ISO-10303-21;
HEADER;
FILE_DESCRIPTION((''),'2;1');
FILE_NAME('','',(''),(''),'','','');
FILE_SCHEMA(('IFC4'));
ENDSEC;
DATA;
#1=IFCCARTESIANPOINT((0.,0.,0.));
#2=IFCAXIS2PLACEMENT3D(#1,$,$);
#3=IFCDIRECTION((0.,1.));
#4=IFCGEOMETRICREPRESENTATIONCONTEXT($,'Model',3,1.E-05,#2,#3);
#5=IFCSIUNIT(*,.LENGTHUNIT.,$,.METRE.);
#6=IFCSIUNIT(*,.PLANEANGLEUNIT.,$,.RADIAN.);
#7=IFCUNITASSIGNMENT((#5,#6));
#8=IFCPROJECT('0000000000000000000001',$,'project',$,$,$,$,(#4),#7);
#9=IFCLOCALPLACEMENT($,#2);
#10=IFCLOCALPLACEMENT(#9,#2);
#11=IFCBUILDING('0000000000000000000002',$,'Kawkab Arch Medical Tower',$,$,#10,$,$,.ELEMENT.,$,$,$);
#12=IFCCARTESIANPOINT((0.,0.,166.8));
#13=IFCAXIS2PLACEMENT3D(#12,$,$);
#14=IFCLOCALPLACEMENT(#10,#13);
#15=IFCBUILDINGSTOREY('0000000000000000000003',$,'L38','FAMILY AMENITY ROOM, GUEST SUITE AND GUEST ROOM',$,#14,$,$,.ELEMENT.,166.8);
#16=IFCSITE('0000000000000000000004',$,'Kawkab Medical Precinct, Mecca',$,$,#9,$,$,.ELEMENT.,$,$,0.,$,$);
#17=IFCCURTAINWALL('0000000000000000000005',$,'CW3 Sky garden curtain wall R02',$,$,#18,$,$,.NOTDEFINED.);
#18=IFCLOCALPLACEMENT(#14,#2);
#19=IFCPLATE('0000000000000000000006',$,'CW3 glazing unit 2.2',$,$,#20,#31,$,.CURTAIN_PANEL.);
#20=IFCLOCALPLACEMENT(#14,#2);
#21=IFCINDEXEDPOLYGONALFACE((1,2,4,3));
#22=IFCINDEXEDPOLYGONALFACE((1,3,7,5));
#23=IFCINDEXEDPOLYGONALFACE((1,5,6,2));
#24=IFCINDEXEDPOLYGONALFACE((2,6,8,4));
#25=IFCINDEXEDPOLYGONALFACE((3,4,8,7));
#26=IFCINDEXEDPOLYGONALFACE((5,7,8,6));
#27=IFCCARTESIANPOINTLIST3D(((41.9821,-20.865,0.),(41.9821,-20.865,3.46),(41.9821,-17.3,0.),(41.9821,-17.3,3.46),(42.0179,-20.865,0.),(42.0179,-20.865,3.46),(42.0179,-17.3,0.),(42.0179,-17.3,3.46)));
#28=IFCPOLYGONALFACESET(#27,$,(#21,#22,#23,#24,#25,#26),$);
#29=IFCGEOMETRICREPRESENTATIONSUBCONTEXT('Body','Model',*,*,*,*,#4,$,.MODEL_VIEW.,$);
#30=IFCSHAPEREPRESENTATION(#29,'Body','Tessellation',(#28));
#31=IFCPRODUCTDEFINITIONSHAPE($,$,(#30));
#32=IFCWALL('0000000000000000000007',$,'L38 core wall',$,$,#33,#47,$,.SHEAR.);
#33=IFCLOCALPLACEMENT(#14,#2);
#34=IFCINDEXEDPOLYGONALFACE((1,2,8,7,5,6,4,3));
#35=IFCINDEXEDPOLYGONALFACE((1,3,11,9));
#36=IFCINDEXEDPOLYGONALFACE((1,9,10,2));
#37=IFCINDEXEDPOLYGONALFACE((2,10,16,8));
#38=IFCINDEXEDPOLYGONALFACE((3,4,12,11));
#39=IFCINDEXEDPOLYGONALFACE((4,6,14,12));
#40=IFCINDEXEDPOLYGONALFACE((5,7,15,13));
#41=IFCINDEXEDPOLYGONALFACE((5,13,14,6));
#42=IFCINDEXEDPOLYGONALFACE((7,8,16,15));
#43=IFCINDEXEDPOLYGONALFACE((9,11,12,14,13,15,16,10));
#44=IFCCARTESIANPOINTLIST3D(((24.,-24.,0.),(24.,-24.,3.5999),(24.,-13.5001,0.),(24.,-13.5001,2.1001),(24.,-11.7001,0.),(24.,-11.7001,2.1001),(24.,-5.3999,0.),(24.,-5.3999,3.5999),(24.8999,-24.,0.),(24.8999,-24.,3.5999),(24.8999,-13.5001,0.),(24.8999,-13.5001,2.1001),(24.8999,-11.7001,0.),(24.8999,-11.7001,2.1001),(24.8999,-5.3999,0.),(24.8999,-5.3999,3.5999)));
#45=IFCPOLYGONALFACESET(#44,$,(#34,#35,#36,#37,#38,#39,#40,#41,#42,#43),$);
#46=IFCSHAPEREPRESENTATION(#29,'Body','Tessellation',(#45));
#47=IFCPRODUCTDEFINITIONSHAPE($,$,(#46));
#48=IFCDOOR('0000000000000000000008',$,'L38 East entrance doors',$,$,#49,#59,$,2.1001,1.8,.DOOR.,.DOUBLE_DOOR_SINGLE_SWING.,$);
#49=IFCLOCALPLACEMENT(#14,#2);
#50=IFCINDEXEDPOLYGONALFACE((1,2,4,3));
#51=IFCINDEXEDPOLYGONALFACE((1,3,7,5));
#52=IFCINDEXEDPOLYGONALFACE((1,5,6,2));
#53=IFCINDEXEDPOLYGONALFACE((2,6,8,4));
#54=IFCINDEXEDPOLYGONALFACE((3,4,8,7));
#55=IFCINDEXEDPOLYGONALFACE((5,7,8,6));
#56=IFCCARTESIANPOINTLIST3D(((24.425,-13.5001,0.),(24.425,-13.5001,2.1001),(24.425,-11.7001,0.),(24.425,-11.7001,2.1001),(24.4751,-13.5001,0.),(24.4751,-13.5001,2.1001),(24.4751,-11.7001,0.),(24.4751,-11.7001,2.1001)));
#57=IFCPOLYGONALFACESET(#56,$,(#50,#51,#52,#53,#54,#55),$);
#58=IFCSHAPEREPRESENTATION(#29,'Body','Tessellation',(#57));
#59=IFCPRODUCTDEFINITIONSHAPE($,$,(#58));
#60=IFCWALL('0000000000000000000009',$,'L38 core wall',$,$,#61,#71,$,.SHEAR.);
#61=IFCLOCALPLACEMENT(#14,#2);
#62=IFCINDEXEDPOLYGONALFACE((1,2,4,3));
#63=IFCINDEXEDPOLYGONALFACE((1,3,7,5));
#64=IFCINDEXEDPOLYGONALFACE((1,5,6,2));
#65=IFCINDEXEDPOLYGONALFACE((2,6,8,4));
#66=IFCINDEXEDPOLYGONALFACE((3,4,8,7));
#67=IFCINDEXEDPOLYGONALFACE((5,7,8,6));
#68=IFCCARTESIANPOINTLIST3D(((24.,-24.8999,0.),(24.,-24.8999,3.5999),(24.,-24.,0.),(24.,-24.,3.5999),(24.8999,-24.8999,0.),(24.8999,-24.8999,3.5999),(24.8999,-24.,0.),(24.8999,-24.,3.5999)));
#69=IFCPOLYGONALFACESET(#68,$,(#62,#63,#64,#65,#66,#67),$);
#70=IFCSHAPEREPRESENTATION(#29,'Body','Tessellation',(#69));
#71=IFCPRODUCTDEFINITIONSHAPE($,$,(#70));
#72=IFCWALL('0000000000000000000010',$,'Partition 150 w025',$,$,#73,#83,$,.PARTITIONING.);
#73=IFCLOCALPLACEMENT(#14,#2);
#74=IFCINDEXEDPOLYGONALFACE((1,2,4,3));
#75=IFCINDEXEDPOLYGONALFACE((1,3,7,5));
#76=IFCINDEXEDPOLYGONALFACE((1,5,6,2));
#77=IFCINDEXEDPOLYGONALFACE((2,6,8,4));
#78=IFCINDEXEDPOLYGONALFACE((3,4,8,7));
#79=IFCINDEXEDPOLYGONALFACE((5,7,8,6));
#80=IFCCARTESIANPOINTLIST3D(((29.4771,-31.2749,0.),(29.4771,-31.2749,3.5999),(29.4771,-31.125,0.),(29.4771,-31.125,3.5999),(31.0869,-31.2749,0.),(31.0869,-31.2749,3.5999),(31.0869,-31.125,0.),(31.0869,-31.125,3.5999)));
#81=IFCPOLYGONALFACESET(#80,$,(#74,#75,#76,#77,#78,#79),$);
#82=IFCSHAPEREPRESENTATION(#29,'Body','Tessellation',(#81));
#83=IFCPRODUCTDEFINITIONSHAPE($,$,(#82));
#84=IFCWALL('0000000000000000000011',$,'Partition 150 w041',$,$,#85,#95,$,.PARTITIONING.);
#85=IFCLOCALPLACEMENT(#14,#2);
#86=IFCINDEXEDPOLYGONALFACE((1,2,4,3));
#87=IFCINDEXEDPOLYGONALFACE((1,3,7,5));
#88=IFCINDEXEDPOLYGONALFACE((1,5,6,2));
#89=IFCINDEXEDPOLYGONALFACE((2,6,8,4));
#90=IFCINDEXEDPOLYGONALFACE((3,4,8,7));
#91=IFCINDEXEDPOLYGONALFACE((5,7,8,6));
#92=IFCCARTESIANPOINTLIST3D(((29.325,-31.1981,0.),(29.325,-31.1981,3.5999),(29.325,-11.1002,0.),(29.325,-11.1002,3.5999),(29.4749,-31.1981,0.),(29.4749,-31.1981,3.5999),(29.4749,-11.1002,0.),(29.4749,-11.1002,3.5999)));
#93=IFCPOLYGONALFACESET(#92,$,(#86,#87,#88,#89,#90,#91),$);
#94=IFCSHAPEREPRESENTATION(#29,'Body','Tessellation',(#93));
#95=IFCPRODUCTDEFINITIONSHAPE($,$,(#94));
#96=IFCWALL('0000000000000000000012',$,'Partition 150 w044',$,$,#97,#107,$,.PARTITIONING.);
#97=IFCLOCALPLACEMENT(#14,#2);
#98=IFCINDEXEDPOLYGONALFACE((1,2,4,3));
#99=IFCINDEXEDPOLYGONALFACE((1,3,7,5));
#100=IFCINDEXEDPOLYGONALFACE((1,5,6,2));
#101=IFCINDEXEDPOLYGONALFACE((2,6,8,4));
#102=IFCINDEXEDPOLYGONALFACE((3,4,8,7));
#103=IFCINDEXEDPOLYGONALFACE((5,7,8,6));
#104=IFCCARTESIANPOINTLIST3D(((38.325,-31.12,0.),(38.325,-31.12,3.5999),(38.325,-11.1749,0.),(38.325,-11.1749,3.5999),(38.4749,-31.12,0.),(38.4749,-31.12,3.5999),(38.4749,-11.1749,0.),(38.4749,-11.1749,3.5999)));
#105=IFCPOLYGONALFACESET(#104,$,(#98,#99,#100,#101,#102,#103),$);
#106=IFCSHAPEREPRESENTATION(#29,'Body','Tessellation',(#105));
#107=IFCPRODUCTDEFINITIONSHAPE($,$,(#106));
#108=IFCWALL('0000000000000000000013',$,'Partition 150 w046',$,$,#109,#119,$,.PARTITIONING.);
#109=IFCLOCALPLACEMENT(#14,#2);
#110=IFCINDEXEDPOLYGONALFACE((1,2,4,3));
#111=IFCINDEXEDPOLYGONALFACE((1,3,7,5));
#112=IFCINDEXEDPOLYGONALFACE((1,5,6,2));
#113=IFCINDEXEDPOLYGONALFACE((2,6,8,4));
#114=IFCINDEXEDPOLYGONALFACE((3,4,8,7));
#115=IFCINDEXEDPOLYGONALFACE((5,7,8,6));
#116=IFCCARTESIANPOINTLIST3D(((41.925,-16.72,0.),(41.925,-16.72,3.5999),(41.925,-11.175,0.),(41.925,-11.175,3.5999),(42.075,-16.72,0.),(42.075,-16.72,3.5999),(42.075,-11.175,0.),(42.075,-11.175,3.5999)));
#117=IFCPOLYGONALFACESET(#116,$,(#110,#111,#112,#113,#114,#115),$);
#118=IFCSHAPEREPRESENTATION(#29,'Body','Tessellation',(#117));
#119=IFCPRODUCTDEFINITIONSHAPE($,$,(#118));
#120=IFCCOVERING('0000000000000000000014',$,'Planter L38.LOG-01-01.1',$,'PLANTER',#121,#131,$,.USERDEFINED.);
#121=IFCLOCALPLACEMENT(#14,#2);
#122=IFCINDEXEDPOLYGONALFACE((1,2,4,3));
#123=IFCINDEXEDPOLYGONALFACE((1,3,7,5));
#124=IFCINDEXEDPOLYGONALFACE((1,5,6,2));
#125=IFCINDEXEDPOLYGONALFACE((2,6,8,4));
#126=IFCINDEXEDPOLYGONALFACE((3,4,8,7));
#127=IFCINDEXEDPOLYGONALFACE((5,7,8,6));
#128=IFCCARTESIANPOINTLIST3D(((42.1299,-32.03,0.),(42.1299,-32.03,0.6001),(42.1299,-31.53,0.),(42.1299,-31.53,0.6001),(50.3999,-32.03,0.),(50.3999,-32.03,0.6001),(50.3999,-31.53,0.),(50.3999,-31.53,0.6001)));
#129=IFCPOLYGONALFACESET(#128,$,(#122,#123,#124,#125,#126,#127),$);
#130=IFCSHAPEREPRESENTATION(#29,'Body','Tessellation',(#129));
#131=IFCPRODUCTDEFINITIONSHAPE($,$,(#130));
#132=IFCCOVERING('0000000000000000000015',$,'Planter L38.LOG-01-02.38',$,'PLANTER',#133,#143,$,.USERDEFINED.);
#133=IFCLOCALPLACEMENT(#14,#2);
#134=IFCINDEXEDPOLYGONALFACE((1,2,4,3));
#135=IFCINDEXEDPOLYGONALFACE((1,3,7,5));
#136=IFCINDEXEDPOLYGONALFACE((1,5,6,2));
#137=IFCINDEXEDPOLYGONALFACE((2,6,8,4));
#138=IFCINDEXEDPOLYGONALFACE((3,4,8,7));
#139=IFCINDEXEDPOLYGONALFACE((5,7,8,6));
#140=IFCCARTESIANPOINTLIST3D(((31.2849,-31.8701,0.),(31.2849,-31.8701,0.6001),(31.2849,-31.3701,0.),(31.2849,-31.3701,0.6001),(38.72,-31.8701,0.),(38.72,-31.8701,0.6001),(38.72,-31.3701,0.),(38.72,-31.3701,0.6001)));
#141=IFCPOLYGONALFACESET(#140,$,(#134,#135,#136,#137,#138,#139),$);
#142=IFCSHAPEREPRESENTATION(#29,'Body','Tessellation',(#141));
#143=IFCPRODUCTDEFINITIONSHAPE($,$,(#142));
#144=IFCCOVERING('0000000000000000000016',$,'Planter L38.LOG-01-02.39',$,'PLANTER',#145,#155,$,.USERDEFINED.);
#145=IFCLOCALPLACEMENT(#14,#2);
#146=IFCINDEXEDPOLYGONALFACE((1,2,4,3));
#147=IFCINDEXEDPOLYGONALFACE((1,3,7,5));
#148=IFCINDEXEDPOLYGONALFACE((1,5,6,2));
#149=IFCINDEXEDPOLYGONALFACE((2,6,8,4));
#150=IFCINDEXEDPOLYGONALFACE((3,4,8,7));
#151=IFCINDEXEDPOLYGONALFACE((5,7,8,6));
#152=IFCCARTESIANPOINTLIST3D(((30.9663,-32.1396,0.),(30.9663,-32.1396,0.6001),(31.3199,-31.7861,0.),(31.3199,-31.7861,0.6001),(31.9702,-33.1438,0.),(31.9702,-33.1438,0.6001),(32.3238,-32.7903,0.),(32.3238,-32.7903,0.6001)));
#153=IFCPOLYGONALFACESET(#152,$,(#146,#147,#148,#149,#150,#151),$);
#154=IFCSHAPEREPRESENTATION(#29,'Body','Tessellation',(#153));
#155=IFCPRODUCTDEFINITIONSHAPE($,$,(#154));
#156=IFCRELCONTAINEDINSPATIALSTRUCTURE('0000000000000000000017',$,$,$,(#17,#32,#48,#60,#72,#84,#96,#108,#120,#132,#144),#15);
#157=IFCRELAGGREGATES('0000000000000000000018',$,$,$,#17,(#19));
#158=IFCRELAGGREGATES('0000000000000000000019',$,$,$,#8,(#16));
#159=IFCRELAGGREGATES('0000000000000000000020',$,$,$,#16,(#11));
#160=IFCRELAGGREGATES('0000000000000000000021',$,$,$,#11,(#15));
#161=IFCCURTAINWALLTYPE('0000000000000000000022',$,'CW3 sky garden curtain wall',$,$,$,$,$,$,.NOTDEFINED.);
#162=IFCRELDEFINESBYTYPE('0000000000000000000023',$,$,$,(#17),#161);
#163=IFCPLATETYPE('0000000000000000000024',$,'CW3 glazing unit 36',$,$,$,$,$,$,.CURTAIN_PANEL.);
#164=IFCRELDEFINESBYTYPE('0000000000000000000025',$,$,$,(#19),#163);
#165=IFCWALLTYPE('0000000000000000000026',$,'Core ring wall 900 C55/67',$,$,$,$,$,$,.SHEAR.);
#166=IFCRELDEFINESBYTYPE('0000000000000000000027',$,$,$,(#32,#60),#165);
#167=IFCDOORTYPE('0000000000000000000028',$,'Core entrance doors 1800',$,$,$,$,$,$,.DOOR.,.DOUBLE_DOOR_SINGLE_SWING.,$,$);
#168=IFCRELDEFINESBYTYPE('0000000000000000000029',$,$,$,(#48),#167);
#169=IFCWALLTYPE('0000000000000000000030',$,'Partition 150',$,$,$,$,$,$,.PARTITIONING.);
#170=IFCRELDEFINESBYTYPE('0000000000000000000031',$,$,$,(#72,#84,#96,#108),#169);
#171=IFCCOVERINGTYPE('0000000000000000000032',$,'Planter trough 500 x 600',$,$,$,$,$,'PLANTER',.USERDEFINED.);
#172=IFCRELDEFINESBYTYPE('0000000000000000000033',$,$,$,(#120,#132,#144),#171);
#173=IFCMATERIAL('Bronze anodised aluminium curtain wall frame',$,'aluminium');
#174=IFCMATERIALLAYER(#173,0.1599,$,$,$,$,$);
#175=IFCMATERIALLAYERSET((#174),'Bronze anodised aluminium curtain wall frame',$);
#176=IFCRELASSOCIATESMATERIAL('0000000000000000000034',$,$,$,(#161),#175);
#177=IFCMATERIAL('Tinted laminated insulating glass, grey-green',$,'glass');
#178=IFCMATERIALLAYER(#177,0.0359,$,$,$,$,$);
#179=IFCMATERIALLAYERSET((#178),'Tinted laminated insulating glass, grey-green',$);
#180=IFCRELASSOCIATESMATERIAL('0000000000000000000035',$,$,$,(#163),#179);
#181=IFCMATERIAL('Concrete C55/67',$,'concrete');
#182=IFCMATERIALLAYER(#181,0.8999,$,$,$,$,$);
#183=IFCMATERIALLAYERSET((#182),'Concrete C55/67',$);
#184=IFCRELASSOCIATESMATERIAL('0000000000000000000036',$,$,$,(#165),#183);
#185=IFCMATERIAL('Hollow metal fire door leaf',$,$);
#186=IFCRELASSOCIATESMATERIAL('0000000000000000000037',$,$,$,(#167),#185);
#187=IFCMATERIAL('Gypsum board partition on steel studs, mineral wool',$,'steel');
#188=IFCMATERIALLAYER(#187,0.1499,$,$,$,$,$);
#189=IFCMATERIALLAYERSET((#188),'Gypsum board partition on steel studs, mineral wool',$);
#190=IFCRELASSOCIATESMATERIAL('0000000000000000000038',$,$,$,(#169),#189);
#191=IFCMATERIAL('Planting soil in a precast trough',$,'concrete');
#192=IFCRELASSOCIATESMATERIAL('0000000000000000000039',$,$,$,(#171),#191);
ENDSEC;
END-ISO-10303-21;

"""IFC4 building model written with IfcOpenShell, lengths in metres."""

from ifc_helpers import new_model, si_unit, direction, frame, frame_2d, origin, origin_2d, place, context, subcontext, project, spatial, rectangle, extrude, material, layer, layer_set, material_profile, profile_set, type_object, element, fill, aggregate, save


model = new_model("IFC4")

# Units and contexts
model_context = context("Model", 3, precision=1e-05, world=origin(), true_north=direction((0.0, 1.0)))
body_context = subcontext(model_context, "Body", "Model", "MODEL_VIEW")
ifc_project = project(units=[si_unit("LENGTHUNIT", "METRE"), si_unit("PLANEANGLEUNIT", "RADIAN")], contexts=[model_context])

# Site, building, storey
site_placement = place(None, origin())
site = spatial("IfcSite", under=ifc_project, at=site_placement, Name="Kawkab Medical Precinct, Mecca", CompositionType="ELEMENT", RefElevation=0.0)
building_placement = place(site_placement, origin())
building = spatial("IfcBuilding", under=site, at=building_placement, Name="Kawkab Arch Medical Tower", CompositionType="ELEMENT")
storey_placement = place(building_placement, frame((0.0, 0.0, 166.8)))
storey = spatial("IfcBuildingStorey", under=building, at=storey_placement, Name="L38", Description="FAMILY AMENITY ROOM, GUEST SUITE AND GUEST ROOM", CompositionType="ELEMENT", Elevation=166.8)

# Curtain wall
placement = place(storey_placement, origin())
ifc_material_1 = material(Name="Bronze anodised aluminium curtain wall frame", Category="aluminium")
ifc_layer_1 = layer(ifc_material_1, 0.1599)
ifc_layer_set_1 = layer_set([ifc_layer_1], Name="Bronze anodised aluminium curtain wall frame")
curtain_wall_type_1 = type_object("IfcCurtainWallType", Name="CW3 sky garden curtain wall", PredefinedType="NOTDEFINED", material=ifc_layer_set_1)
curtain_wall_1 = element("IfcCurtainWall", 1, at=placement, inside=storey, type_object=curtain_wall_type_1, Name="CW3 Sky garden curtain wall R02", PredefinedType="NOTDEFINED")

# Plate
ifc_material_2 = material(Name="Tinted laminated insulating glass, grey-green", Category="glass")
ifc_layer_2 = layer(ifc_material_2, 0.0359)
ifc_layer_set_2 = layer_set([ifc_layer_2], Name="Tinted laminated insulating glass, grey-green")
plate_type_1 = type_object("IfcPlateType", Name="CW3 glazing unit 36", PredefinedType="CURTAIN_PANEL", material=ifc_layer_set_2)
plate_1_placement = place(storey_placement, frame((42.0, -19.0825, 0.0), z_axis=(0.0, 0.0, 1.0), x_axis=(0.0, 1.0, 0.0)))
plate_1 = element("IfcPlate", 2, at=plate_1_placement, type_object=plate_type_1, Name="CW3 glazing unit 2.2", PredefinedType="CURTAIN_PANEL", context=body_context, shape_type="SweptSolid", body=[
    extrude(rectangle(XDim=3.5649, YDim=0.0359, at=origin_2d()), origin(), (0.0, 0.0, 1.0), 3.46),
])
aggregate(curtain_wall_1, [plate_1])

# Wall, opening, door
ifc_material_3 = material(Name="Concrete C55/67", Category="concrete")
ifc_layer_3 = layer(ifc_material_3, 0.8999)
ifc_layer_set_3 = layer_set([ifc_layer_3], Name="Concrete C55/67")
wall_type_1 = type_object("IfcWallType", Name="Core ring wall 900 C55/67", PredefinedType="SHEAR", material=ifc_layer_set_3)
wall_1_placement = place(storey_placement, frame((24.45, -24.0, 0.0), z_axis=(0.0, 0.0, 1.0), x_axis=(0.0, 1.0, 0.0)))
wall_1 = element("IfcWall", 3, at=wall_1_placement, inside=storey, type_object=wall_type_1, Name="L38 core wall", PredefinedType="SHEAR", context=body_context, shape_type="SweptSolid", body=[
    extrude(rectangle(XDim=18.6001, YDim=0.8999, at=frame_2d((9.3, 0.0))), origin(), (0.0, 0.0, 1.0), 3.5999),
])
opening_placement = place(wall_1_placement, frame((10.5, 0.0, 0.0)))
opening = element("IfcOpeningElement", 4, at=opening_placement, cuts=wall_1, PredefinedType="OPENING", context=body_context, shape_type="SweptSolid", body=[
    extrude(rectangle(XDim=1.8, YDim=2.1001, at=frame_2d((0.8999, 1.05))), frame((0.0, 0.46, 0.0), z_axis=(0.0, -1.0, 0.0), x_axis=(1.0, 0.0, 0.0)), (0.0, 0.0, 1.0), 0.9199),
])
ifc_material_4 = material(Name="Hollow metal fire door leaf")
door_type = type_object("IfcDoorType", Name="Core entrance doors 1800", OperationType="DOUBLE_DOOR_SINGLE_SWING", PredefinedType="DOOR", material=ifc_material_4)
door_placement = place(opening_placement, origin())
door = element("IfcDoor", 5, at=door_placement, inside=storey, type_object=door_type, Name="L38 East entrance doors", OperationType="DOUBLE_DOOR_SINGLE_SWING", OverallHeight=2.1001, OverallWidth=1.8, PredefinedType="DOOR", context=body_context, shape_type="SweptSolid", body=[
    extrude(rectangle(XDim=1.8, YDim=2.1001, at=frame_2d((0.8999, 1.05))), frame((0.0, 0.0249, 0.0), z_axis=(0.0, -1.0, 0.0), x_axis=(1.0, 0.0, 0.0)), (0.0, 0.0, 1.0), 0.05),
])
fill(opening, door)

# Walls
wall_2_placement = place(storey_placement, frame((24.45, -24.8999, 0.0), z_axis=(0.0, 0.0, 1.0), x_axis=(0.0, 1.0, 0.0)))
element("IfcWall", 6, at=wall_2_placement, inside=storey, type_object=wall_type_1, Name="L38 core wall", PredefinedType="SHEAR", context=body_context, shape_type="SweptSolid", body=[
    extrude(rectangle(XDim=0.8999, YDim=0.8999, at=frame_2d((0.45, 0.0))), origin(), (0.0, 0.0, 1.0), 3.5999),
])
ifc_material_5 = material(Name="Gypsum board partition on steel studs, mineral wool", Category="steel")
ifc_layer_4 = layer(ifc_material_5, 0.1499)
ifc_layer_set_4 = layer_set([ifc_layer_4], Name="Gypsum board partition on steel studs, mineral wool")
wall_type_2 = type_object("IfcWallType", Name="Partition 150", PredefinedType="PARTITIONING", material=ifc_layer_set_4)
wall_3_placement = place(storey_placement, frame((29.4771, -31.2, 0.0), z_axis=(0.0, 0.0, 1.0), x_axis=(1.0, 0.0, 0.0)))
element("IfcWall", 7, at=wall_3_placement, inside=storey, type_object=wall_type_2, Name="Partition 150 w025", PredefinedType="PARTITIONING", context=body_context, shape_type="SweptSolid", body=[
    extrude(rectangle(XDim=1.6099, YDim=0.1499, at=frame_2d((0.8049, 0.0))), origin(), (0.0, 0.0, 1.0), 3.5999),
])
wall_4_placement = place(storey_placement, frame((29.3999, -31.198, 0.0), z_axis=(0.0, 0.0, 1.0), x_axis=(0.0, 1.0, 0.0)))
element("IfcWall", 8, at=wall_4_placement, inside=storey, type_object=wall_type_2, Name="Partition 150 w041", PredefinedType="PARTITIONING", context=body_context, shape_type="SweptSolid", body=[
    extrude(rectangle(XDim=20.0979, YDim=0.1499, at=frame_2d((10.0488, 0.0))), origin(), (0.0, 0.0, 1.0), 3.5999),
])
wall_5_placement = place(storey_placement, frame((38.3999, -31.1201, 0.0), z_axis=(0.0, 0.0, 1.0), x_axis=(0.0, 1.0, 0.0)))
element("IfcWall", 9, at=wall_5_placement, inside=storey, type_object=wall_type_2, Name="Partition 150 w044", PredefinedType="PARTITIONING", context=body_context, shape_type="SweptSolid", body=[
    extrude(rectangle(XDim=19.9451, YDim=0.1499, at=frame_2d((9.9727, 0.0))), origin(), (0.0, 0.0, 1.0), 3.5999),
])
wall_6_placement = place(storey_placement, frame((42.0, -16.72, 0.0), z_axis=(0.0, 0.0, 1.0), x_axis=(0.0, 1.0, 0.0)))
element("IfcWall", 10, at=wall_6_placement, inside=storey, type_object=wall_type_2, Name="Partition 150 w046", PredefinedType="PARTITIONING", context=body_context, shape_type="SweptSolid", body=[
    extrude(rectangle(XDim=5.5449, YDim=0.1499, at=frame_2d((2.7725, 0.0))), origin(), (0.0, 0.0, 1.0), 3.5999),
])

# Coverings
ifc_material_6 = material(Name="Planting soil in a precast trough", Category="concrete")
ifc_material_profile_1 = material_profile(ifc_material_6, rectangle(XDim=0.5, YDim=0.6001, at=origin_2d()), Name="Trough 500x600")
ifc_profile_set_1 = profile_set([ifc_material_profile_1], Name="Planting soil in a precast trough")
covering_type = type_object("IfcCoveringType", Name="Planter trough 500 x 600", ElementType="PLANTER", PredefinedType="USERDEFINED", material=ifc_profile_set_1)
covering_1_placement = place(storey_placement, frame((42.1299, -31.78, 0.3), z_axis=(1.0, 0.0, 0.0), x_axis=(0.0, 1.0, 0.0)))
element("IfcCovering", 11, at=covering_1_placement, inside=storey, type_object=covering_type, Name="Planter L38.LOG-01-01.1", ObjectType="PLANTER", PredefinedType="USERDEFINED", context=body_context, shape_type="SweptSolid", body=[
    extrude(rectangle(XDim=0.5, YDim=0.6001, at=origin_2d()), origin(), (0.0, 0.0, 1.0), 8.27),
])
covering_2_placement = place(storey_placement, frame((38.72, -31.6201, 0.3), z_axis=(-1.0, 0.0, 0.0), x_axis=(0.0, -1.0, 0.0)))
element("IfcCovering", 12, at=covering_2_placement, inside=storey, type_object=covering_type, Name="Planter L38.LOG-01-02.38", ObjectType="PLANTER", PredefinedType="USERDEFINED", context=body_context, shape_type="SweptSolid", body=[
    extrude(rectangle(XDim=0.5, YDim=0.6001, at=origin_2d()), origin(), (0.0, 0.0, 1.0), 7.4351),
])
covering_3_placement = place(storey_placement, frame((31.1431, -31.9629, 0.3), z_axis=(0.707021, -0.707193, 0.0), x_axis=(0.707193, 0.707021, 0.0)))
element("IfcCovering", 13, at=covering_3_placement, inside=storey, type_object=covering_type, Name="Planter L38.LOG-01-02.39", ObjectType="PLANTER", PredefinedType="USERDEFINED", context=body_context, shape_type="SweptSolid", body=[
    extrude(rectangle(XDim=0.5, YDim=0.6001, at=origin_2d()), origin(), (0.0, 0.0, 1.0), 1.4199),
])

save(model, "model.ifc")
